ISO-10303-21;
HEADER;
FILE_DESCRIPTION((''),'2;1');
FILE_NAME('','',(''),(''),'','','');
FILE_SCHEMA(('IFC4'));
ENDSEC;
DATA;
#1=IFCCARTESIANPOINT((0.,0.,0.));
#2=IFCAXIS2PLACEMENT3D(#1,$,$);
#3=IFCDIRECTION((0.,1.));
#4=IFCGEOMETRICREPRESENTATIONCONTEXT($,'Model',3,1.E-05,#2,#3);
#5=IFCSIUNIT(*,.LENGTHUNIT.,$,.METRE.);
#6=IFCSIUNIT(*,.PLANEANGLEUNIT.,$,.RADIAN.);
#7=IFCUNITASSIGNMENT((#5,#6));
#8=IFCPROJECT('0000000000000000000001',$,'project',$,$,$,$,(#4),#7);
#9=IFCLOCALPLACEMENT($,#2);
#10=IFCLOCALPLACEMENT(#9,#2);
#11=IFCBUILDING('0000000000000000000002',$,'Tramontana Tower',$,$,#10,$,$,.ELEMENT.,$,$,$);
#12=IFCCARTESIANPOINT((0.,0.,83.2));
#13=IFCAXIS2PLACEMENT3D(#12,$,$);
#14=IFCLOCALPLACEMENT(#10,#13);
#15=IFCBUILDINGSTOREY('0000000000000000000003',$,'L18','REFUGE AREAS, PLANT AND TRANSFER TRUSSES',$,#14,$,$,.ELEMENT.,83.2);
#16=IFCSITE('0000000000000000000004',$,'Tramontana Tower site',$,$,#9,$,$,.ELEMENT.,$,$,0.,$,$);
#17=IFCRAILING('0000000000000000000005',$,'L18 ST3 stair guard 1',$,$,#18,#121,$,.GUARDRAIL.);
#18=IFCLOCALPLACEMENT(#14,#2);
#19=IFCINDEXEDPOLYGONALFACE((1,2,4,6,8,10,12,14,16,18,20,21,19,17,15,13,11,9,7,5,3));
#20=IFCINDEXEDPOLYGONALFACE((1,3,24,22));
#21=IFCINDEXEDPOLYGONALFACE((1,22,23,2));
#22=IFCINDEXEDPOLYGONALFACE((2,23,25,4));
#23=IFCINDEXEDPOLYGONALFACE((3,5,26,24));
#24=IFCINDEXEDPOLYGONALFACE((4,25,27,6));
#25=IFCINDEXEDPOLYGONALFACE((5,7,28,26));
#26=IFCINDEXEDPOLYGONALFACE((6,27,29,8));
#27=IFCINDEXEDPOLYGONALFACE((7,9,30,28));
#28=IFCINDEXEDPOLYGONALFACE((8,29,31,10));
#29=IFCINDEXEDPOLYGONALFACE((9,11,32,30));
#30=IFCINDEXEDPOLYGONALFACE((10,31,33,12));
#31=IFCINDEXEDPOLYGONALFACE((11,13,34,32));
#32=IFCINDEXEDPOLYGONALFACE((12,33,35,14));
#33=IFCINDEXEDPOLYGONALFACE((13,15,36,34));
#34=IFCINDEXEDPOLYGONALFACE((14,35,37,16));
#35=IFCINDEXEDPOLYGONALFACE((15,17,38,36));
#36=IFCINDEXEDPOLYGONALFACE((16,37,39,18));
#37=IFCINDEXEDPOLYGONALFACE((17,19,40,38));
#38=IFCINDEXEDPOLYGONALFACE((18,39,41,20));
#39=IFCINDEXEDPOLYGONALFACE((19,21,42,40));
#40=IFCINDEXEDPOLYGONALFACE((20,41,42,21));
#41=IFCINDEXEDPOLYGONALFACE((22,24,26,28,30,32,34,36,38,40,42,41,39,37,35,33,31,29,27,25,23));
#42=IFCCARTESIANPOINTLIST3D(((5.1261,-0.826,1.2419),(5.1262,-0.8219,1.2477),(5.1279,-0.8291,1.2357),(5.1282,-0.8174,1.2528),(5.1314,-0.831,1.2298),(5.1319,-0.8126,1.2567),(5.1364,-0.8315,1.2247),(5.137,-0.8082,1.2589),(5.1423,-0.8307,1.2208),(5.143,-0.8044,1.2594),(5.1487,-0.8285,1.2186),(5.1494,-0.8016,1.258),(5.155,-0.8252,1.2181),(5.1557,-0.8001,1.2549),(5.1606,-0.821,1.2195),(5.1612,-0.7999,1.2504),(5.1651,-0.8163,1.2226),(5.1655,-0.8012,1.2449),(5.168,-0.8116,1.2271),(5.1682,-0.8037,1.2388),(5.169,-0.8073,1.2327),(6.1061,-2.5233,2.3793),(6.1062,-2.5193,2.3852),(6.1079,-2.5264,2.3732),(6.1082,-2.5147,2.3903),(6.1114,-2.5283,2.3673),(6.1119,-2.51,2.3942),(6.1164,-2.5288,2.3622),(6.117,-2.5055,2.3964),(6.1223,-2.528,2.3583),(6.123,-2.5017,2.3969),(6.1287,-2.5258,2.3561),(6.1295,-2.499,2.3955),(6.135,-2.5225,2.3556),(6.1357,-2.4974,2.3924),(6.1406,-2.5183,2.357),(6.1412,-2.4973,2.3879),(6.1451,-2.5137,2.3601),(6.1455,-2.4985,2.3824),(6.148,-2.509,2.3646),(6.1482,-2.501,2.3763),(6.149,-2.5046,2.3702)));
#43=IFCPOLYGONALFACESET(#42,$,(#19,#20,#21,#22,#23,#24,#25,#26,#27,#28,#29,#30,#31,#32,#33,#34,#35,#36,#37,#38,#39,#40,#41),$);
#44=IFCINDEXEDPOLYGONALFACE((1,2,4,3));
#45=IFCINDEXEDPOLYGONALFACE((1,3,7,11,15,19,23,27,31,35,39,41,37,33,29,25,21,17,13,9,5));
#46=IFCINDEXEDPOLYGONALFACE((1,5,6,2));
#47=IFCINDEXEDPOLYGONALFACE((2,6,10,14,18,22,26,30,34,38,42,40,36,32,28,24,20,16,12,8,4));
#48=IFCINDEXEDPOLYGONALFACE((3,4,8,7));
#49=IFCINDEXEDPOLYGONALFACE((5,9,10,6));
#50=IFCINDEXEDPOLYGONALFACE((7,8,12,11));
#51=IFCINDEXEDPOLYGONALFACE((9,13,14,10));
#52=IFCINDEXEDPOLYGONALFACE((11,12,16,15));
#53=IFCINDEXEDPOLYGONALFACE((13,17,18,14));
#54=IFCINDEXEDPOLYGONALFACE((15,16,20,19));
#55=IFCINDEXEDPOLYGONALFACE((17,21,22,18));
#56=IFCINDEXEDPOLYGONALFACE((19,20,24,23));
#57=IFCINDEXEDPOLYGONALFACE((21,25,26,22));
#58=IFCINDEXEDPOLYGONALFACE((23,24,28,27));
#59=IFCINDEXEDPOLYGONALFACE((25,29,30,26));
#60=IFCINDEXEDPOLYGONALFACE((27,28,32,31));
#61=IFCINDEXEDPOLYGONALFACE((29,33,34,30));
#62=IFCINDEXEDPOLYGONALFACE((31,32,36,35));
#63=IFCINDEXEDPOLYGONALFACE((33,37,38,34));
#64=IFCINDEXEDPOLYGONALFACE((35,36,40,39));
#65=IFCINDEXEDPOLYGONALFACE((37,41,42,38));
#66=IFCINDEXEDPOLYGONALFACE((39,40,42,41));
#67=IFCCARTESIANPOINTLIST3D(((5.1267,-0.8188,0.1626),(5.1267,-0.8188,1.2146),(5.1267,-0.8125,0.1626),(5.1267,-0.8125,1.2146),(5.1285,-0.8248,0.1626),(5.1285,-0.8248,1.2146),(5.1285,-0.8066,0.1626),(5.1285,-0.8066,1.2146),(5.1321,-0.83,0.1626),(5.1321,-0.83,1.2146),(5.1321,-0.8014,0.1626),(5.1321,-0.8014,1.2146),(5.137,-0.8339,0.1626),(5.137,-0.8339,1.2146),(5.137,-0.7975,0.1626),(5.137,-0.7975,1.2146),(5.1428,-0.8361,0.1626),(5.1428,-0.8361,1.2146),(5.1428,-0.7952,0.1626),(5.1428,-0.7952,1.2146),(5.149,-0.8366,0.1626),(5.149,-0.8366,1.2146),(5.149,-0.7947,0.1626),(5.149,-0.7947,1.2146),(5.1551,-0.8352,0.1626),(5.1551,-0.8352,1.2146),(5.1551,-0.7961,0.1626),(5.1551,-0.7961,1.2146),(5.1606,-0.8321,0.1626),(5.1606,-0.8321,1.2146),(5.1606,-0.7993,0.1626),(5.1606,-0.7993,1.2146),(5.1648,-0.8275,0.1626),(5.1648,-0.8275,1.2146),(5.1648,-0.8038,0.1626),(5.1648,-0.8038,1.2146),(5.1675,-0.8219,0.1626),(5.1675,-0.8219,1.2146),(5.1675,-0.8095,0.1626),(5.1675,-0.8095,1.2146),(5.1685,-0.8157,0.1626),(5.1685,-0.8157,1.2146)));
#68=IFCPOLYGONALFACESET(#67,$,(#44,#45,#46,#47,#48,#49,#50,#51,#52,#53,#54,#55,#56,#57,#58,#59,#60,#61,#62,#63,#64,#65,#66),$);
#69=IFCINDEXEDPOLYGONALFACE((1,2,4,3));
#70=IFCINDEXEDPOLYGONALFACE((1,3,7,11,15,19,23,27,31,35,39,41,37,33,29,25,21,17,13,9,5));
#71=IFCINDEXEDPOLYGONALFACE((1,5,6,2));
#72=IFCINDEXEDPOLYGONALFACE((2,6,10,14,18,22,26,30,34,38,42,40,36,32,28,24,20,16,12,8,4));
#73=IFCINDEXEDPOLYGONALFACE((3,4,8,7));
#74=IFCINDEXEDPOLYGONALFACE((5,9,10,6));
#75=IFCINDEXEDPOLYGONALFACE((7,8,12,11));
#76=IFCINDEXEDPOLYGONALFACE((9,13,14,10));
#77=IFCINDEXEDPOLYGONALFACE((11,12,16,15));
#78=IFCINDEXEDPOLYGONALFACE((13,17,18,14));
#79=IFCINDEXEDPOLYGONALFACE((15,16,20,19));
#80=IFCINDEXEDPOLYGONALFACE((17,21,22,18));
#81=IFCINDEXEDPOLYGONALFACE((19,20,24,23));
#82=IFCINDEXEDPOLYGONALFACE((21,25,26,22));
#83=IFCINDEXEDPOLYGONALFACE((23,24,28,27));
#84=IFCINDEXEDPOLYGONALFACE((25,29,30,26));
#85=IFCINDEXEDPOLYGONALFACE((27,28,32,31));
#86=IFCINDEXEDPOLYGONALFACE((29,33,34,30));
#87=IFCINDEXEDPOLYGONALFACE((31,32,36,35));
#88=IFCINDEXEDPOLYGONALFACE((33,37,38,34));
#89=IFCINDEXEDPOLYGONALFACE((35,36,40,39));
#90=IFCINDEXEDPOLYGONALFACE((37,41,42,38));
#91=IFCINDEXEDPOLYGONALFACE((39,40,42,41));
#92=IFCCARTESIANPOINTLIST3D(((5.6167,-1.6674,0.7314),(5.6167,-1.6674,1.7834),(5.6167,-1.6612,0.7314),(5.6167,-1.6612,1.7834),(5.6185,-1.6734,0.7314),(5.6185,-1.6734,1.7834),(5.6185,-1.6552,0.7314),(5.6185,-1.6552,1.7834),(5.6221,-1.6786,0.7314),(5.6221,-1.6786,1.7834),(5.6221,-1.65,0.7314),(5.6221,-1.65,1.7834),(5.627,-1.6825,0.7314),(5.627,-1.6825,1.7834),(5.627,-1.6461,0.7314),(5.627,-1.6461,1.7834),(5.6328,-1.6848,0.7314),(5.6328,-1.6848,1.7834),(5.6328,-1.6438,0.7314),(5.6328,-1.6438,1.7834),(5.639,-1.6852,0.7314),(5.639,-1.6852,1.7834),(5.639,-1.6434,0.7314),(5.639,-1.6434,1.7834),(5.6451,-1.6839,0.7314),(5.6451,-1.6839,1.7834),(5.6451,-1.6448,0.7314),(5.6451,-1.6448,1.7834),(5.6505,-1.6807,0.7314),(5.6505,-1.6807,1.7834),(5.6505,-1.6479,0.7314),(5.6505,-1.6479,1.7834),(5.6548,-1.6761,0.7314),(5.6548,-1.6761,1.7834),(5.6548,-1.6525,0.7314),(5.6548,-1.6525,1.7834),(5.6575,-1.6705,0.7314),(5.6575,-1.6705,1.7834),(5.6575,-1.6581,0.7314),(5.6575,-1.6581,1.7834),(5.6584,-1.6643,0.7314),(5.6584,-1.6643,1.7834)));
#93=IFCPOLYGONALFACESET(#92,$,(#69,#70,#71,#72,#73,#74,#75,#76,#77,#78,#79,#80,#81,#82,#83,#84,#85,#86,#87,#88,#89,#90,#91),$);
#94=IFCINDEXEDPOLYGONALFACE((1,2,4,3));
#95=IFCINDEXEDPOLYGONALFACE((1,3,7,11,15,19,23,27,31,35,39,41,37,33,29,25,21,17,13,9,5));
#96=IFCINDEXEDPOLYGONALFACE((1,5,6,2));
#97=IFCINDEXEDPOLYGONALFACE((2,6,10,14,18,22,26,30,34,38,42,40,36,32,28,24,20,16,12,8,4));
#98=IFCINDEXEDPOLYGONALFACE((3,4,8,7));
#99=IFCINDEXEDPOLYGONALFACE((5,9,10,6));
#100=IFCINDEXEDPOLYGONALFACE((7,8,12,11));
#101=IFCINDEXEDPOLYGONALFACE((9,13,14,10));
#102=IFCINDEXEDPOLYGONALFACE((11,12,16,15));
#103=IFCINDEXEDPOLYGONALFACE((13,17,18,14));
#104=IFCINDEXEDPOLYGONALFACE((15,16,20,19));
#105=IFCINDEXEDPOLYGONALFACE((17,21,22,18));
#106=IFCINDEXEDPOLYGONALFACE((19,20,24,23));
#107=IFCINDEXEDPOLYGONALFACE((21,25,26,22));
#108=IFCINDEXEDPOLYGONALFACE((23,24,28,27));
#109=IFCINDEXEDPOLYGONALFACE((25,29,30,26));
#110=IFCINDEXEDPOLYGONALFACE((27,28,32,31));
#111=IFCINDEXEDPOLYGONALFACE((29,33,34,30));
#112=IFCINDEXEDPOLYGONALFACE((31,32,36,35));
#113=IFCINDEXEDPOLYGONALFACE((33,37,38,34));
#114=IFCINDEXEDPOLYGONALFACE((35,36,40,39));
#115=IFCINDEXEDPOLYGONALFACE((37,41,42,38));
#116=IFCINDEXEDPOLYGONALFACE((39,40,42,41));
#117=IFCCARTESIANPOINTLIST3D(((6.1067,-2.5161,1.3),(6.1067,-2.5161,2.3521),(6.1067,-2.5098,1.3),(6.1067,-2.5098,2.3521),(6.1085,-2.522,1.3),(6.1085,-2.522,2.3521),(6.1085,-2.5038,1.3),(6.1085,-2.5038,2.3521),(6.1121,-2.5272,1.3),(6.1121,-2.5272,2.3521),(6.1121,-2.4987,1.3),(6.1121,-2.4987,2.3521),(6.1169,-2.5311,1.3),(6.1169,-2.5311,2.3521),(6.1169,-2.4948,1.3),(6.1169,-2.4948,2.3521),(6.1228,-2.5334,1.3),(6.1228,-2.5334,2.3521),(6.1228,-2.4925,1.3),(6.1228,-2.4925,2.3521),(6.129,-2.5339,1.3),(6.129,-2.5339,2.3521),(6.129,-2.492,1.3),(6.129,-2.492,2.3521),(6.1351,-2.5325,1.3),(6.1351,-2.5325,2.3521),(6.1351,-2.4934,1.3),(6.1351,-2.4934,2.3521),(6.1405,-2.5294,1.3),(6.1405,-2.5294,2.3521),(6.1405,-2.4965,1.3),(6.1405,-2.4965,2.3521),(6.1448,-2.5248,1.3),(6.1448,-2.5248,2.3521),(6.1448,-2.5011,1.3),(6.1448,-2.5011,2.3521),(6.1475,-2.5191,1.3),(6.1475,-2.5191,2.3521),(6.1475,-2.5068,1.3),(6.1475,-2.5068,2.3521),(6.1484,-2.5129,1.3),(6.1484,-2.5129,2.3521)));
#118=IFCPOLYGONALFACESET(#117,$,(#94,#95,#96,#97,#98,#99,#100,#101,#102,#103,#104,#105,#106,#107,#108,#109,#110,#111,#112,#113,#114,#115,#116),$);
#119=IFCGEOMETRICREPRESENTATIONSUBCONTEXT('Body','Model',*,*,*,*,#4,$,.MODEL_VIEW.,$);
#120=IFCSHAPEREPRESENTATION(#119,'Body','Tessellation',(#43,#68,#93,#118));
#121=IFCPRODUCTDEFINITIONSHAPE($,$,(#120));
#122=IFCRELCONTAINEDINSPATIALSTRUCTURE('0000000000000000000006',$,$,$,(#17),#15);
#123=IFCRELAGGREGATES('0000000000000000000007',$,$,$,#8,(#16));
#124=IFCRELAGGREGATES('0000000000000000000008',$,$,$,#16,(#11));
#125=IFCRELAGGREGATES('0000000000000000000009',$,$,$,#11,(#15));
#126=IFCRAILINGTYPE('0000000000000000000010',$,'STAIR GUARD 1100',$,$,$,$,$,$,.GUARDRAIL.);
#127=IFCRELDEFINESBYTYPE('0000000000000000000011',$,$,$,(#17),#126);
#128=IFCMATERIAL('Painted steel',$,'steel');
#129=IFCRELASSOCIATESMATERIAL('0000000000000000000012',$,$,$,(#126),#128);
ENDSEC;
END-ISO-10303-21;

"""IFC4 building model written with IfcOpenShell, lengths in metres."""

from ifc_helpers import new_model, si_unit, direction, frame, origin, origin_2d, place, context, subcontext, project, spatial, circle, extrude, material, type_object, element, save


model = new_model("IFC4")

# Units and contexts
model_context = context("Model", 3, precision=1e-05, world=origin(), true_north=direction((0.0, 1.0)))
body_context = subcontext(model_context, "Body", "Model", "MODEL_VIEW")
ifc_project = project(units=[si_unit("LENGTHUNIT", "METRE"), si_unit("PLANEANGLEUNIT", "RADIAN")], contexts=[model_context])

# Site, building, storey
site_placement = place(None, origin())
site = spatial("IfcSite", under=ifc_project, at=site_placement, Name="Tramontana Tower site", CompositionType="ELEMENT", RefElevation=0.0)
building_placement = place(site_placement, origin())
building = spatial("IfcBuilding", under=site, at=building_placement, Name="Tramontana Tower", CompositionType="ELEMENT")
storey_placement = place(building_placement, frame((0.0, 0.0, 83.2)))
storey = spatial("IfcBuildingStorey", under=building, at=storey_placement, Name="L18", Description="REFUGE AREAS, PLANT AND TRANSFER TRUSSES", CompositionType="ELEMENT", Elevation=83.2)

# Railing
ifc_material_1 = material(Name="Painted steel", Category="steel")
railing_type_1 = type_object("IfcRailingType", Name="STAIR GUARD 1100", PredefinedType="GUARDRAIL", material=ifc_material_1)
railing_1_placement = place(storey_placement, frame((5.1475, -0.8157, 0.1626)))
element("IfcRailing", 1, at=railing_1_placement, inside=storey, type_object=railing_type_1, Name="L18 ST3 stair guard 1", PredefinedType="GUARDRAIL", context=body_context, shape_type="SweptSolid", body=[
    extrude(circle(Radius=0.0239, at=origin_2d()), frame((0.0, 0.0, 1.0762), z_axis=(0.432467, -0.749006, 0.501959), x_axis=(0.866011, 0.500024, 0.0)), (0.0, 0.0, 1.0), 2.2661),
    extrude(circle(Radius=0.021, at=origin_2d()), origin(), (0.0, 0.0, 1.0), 1.052),
    extrude(circle(Radius=0.021, at=origin_2d()), frame((0.49, -0.8486, 0.5688)), (0.0, 0.0, 1.0), 1.052),
    extrude(circle(Radius=0.021, at=origin_2d()), frame((0.98, -1.6973, 1.1375)), (0.0, 0.0, 1.0), 1.052),
])

save(model, "model.ifc")
